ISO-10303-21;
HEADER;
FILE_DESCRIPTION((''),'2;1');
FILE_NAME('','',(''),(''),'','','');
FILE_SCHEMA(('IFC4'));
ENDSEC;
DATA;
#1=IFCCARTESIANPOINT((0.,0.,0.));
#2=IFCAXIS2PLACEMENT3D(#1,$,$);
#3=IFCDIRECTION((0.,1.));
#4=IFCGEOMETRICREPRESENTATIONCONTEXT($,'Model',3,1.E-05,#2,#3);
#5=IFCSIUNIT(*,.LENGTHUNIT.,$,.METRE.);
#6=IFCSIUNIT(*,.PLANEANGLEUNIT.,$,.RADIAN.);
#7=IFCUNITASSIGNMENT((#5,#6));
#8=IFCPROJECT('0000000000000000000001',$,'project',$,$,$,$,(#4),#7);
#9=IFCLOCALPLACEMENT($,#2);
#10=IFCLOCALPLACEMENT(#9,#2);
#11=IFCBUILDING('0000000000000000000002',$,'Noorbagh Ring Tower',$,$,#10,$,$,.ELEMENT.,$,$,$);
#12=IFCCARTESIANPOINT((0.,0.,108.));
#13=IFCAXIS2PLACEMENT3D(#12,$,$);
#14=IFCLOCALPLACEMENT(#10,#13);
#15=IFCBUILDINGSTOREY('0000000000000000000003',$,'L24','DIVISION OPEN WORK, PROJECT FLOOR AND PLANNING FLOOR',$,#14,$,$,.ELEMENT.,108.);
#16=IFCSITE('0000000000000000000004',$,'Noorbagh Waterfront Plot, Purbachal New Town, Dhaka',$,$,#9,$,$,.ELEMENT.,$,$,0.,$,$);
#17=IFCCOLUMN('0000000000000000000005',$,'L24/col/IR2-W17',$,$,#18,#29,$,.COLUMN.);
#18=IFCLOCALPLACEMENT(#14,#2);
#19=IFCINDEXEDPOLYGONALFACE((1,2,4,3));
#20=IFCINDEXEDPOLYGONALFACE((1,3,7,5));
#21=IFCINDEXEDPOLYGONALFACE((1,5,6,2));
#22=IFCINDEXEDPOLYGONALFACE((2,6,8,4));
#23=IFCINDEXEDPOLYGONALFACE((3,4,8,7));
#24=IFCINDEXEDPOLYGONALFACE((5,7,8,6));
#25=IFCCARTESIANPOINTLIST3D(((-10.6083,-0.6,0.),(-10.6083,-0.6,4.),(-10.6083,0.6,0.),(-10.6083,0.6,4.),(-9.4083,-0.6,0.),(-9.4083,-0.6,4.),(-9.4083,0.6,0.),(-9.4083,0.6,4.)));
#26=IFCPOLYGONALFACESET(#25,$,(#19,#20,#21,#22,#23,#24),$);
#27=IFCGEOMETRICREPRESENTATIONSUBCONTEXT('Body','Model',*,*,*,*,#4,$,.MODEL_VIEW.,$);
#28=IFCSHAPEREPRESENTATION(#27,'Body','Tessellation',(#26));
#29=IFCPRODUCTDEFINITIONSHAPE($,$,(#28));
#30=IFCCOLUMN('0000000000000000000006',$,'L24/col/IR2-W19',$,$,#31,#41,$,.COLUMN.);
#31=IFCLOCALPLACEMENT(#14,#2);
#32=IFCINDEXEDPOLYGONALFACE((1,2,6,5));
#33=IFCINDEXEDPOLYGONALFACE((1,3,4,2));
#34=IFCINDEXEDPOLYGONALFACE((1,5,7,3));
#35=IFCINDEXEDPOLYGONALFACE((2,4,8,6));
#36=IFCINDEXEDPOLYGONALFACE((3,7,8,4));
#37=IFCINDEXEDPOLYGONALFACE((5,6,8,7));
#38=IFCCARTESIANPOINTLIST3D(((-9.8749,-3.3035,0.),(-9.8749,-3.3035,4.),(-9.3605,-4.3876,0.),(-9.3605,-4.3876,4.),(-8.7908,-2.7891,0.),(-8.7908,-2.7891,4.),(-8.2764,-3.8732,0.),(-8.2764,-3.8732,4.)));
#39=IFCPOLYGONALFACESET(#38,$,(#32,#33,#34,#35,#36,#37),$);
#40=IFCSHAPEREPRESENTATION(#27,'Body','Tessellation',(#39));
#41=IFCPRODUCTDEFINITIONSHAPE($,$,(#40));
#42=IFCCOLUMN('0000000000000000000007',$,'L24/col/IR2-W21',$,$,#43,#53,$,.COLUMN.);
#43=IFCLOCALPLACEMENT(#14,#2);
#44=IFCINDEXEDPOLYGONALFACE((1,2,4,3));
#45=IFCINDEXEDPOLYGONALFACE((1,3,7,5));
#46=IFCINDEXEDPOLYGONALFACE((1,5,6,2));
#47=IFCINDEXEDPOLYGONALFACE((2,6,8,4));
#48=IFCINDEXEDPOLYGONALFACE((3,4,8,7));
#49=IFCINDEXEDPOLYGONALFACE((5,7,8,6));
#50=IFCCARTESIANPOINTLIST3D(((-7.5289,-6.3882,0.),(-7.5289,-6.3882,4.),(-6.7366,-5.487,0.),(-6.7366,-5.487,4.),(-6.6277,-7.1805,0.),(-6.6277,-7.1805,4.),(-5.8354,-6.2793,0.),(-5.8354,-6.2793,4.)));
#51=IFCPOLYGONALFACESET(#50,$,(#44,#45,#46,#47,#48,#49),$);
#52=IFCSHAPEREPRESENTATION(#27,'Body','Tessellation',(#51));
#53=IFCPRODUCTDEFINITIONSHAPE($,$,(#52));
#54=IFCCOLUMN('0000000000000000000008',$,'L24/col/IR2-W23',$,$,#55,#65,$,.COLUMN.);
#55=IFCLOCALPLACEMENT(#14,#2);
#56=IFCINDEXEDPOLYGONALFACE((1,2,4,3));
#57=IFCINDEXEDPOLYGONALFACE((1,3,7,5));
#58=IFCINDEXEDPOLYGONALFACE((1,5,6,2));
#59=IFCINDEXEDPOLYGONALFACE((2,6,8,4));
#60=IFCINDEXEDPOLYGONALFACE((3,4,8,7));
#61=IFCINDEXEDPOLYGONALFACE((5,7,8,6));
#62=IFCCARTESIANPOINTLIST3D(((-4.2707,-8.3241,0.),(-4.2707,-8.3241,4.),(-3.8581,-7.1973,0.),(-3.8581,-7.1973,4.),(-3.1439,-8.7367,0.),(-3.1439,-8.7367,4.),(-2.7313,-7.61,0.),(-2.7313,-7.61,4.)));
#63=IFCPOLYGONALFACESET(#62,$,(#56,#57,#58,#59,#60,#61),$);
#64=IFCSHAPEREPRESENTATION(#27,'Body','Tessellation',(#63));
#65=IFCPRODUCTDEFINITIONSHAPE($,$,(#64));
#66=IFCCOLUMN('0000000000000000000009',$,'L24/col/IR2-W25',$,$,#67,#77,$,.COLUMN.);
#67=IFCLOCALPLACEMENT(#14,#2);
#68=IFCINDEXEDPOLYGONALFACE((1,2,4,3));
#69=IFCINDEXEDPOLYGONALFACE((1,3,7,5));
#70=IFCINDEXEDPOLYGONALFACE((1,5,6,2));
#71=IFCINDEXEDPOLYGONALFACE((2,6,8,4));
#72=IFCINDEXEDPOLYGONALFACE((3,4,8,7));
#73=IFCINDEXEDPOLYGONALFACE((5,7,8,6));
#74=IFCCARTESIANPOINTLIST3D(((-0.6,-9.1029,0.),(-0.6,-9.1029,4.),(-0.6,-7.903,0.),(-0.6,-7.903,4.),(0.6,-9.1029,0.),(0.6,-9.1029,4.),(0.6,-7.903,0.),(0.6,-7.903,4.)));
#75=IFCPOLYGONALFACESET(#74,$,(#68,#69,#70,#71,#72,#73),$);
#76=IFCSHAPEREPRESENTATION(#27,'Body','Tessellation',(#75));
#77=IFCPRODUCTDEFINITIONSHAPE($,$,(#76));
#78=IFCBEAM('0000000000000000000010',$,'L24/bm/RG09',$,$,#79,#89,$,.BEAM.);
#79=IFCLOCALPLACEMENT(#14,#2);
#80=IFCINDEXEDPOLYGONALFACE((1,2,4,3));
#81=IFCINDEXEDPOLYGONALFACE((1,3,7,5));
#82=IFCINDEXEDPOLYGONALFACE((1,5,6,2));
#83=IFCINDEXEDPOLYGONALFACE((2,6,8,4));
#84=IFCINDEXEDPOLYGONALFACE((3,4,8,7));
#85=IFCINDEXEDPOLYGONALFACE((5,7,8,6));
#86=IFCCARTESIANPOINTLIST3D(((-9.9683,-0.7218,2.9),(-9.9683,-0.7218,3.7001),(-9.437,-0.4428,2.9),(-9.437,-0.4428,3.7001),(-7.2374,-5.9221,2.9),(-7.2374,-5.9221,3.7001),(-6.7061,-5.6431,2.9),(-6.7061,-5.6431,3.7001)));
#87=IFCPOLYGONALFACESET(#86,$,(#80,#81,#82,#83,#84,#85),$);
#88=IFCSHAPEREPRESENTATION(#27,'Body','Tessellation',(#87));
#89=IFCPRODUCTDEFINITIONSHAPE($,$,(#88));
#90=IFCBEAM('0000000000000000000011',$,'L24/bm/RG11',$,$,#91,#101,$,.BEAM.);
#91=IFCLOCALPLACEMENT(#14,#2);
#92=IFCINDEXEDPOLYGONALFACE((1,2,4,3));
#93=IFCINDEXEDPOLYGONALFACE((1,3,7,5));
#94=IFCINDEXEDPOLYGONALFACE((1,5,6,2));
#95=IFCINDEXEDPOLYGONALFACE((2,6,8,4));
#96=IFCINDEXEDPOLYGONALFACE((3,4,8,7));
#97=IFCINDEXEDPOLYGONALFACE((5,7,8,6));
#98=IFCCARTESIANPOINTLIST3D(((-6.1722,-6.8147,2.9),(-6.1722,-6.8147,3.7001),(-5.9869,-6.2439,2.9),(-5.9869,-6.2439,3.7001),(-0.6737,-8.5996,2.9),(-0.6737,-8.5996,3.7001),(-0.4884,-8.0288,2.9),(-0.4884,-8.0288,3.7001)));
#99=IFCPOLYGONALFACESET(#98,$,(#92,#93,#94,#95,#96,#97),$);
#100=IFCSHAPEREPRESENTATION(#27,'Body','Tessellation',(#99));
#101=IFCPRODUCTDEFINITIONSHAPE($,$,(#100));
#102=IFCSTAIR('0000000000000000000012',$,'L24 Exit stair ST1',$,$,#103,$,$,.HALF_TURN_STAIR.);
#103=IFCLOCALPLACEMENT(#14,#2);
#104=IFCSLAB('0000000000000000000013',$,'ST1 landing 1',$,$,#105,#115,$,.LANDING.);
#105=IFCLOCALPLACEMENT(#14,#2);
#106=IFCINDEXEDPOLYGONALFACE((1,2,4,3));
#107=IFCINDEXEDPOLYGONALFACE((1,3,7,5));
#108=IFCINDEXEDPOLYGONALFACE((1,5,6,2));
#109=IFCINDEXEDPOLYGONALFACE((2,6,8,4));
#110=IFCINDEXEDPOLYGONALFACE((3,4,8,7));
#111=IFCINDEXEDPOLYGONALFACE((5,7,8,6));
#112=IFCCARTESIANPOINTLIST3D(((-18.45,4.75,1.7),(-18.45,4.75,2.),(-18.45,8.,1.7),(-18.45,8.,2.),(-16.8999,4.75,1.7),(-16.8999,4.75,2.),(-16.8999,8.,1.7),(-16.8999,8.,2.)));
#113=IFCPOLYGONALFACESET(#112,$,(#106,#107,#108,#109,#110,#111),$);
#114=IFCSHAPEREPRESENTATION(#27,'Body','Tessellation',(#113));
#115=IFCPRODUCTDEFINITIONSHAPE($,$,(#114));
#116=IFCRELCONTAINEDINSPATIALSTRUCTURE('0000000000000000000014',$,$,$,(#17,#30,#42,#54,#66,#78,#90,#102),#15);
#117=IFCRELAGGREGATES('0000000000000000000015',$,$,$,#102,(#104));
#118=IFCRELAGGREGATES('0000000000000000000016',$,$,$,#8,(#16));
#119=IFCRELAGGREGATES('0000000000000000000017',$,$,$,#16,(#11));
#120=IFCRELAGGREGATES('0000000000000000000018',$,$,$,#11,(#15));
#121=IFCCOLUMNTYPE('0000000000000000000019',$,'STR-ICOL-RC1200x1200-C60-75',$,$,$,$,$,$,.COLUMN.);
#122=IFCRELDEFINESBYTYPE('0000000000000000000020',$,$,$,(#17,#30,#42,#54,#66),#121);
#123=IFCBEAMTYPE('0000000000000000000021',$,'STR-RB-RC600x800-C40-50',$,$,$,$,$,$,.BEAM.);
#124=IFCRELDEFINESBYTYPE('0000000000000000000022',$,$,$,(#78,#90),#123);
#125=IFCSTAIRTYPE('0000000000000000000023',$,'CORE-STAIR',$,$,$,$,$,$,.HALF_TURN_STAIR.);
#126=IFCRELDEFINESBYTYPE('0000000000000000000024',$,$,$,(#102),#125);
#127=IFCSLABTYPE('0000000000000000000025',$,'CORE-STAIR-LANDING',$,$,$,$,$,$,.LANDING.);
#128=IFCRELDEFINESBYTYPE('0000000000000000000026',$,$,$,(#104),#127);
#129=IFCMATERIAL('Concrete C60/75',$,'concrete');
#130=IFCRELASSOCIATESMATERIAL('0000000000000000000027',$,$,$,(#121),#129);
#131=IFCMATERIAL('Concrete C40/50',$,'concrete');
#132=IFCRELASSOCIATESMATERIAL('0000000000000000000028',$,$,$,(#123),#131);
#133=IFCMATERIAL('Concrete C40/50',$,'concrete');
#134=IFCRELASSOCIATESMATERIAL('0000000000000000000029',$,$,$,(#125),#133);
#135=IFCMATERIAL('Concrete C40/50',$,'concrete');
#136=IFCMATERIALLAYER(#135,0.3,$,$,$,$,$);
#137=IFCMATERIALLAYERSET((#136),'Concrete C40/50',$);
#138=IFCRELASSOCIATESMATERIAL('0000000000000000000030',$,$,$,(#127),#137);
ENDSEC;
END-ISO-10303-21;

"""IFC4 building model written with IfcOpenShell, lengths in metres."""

from ifc_helpers import new_model, si_unit, direction, frame, origin, origin_2d, place, context, subcontext, project, spatial, polyline, rectangle, outline, extrude, material, layer, layer_set, material_profile, profile_set, type_object, element, aggregate, save


model = new_model("IFC4")

# Units and contexts
model_context = context("Model", 3, precision=1e-05, world=origin(), true_north=direction((0.0, 1.0)))
body_context = subcontext(model_context, "Body", "Model", "MODEL_VIEW")
ifc_project = project(units=[si_unit("LENGTHUNIT", "METRE"), si_unit("PLANEANGLEUNIT", "RADIAN")], contexts=[model_context])

# Site, building, storey
site_placement = place(None, origin())
site = spatial("IfcSite", under=ifc_project, at=site_placement, Name="Noorbagh Waterfront Plot, Purbachal New Town, Dhaka", CompositionType="ELEMENT", RefElevation=0.0)
building_placement = place(site_placement, origin())
building = spatial("IfcBuilding", under=site, at=building_placement, Name="Noorbagh Ring Tower", CompositionType="ELEMENT")
storey_placement = place(building_placement, frame((0.0, 0.0, 108.0)))
storey = spatial("IfcBuildingStorey", under=building, at=storey_placement, Name="L24", Description="DIVISION OPEN WORK, PROJECT FLOOR AND PLANNING FLOOR", CompositionType="ELEMENT", Elevation=108.0)

# Columns
ifc_material_1 = material(Name="Concrete C60/75", Category="concrete")
ifc_material_profile_1 = material_profile(ifc_material_1, rectangle(XDim=1.2, YDim=1.2, at=origin_2d()), Name="RC1200x1200")
ifc_profile_set_1 = profile_set([ifc_material_profile_1], Name="Concrete C60/75")
column_type = type_object("IfcColumnType", Name="STR-ICOL-RC1200x1200-C60-75", PredefinedType="COLUMN", material=ifc_profile_set_1)
for number, where, z_axis, x_axis, name in (
    (1, (-10.0083, 0.0, 0.0), (0.0, 0.0, 1.0), (0.0, -1.0, 0.0), "L24/col/IR2-W17"),
    (2, (-9.0757, -3.5884, 0.0), (0.0, 0.0, 1.0), (0.428667, -0.903463, 0.0), "L24/col/IR2-W19"),
    (3, (-6.6821, -6.3337, 0.0), (0.0, 0.0, 1.0), (0.751022, -0.660277, 0.0), "L24/col/IR2-W21"),
    (4, (-3.501, -7.967, 0.0), (0.0, 0.0, 1.0), (0.93902, -0.343864, 0.0), "L24/col/IR2-W23"),
    (5, (0.0, -8.5029, 0.0), (0.0, 0.0, 1.0), (1.0, 0.0, 0.0), "L24/col/IR2-W25"),
):
    element("IfcColumn", number, at=place(storey_placement, frame(where, z_axis=z_axis, x_axis=x_axis)), inside=storey, type_object=column_type, Name=name, PredefinedType="COLUMN", context=body_context, shape_type="SweptSolid", body=[
        extrude(rectangle(XDim=1.2, YDim=1.2, at=origin_2d()), origin(), (0.0, 0.0, 1.0), 4.0),
    ])

# Beams
ifc_material_2 = material(Name="Concrete C40/50", Category="concrete")
ifc_material_profile_2 = material_profile(ifc_material_2, rectangle(XDim=0.6001, YDim=0.8, at=origin_2d()), Name="RC600x800")
ifc_profile_set_2 = profile_set([ifc_material_profile_2], Name="Concrete C40/50")
beam_type = type_object("IfcBeamType", Name="STR-RB-RC600x800-C40-50", PredefinedType="BEAM", material=ifc_profile_set_2)
beam_1_placement = place(storey_placement, frame((-9.7026, -0.5823, 3.3), z_axis=(0.464931, -0.885347, 0.0), x_axis=(0.885347, 0.464931, 0.0)))
element("IfcBeam", 6, at=beam_1_placement, inside=storey, type_object=beam_type, Name="L24/bm/RG09", PredefinedType="BEAM", context=body_context, shape_type="SweptSolid", body=[
    extrude(rectangle(XDim=0.6001, YDim=0.8, at=origin_2d()), origin(), (0.0, 0.0, 1.0), 5.8738),
])
beam_2_placement = place(storey_placement, frame((-6.0796, -6.5293, 3.3), z_axis=(0.951141, -0.308756, 0.0), x_axis=(0.308756, 0.951141, 0.0)))
element("IfcBeam", 7, at=beam_2_placement, inside=storey, type_object=beam_type, Name="L24/bm/RG11", PredefinedType="BEAM", context=body_context, shape_type="SweptSolid", body=[
    extrude(rectangle(XDim=0.6001, YDim=0.8, at=origin_2d()), origin(), (0.0, 0.0, 1.0), 5.781),
])

# Stair, slab
ifc_material_3 = material(Name="Concrete C40/50", Category="concrete")
stair_type = type_object("IfcStairType", Name="CORE-STAIR", PredefinedType="HALF_TURN_STAIR", material=ifc_material_3)
stair_1_placement = place(storey_placement, origin())
stair_1 = element("IfcStair", 8, at=stair_1_placement, inside=storey, type_object=stair_type, Name="L24 Exit stair ST1", PredefinedType="HALF_TURN_STAIR")
ifc_material_4 = material(Name="Concrete C40/50", Category="concrete")
ifc_layer_1 = layer(ifc_material_4, 0.3)
ifc_layer_set_1 = layer_set([ifc_layer_1], Name="Concrete C40/50")
slab_type_1 = type_object("IfcSlabType", Name="CORE-STAIR-LANDING", PredefinedType="LANDING", material=ifc_layer_set_1)
slab_1_placement = place(storey_placement, frame((0.0, 0.0, 1.7)))
slab_1 = element("IfcSlab", 9, at=slab_1_placement, type_object=slab_type_1, Name="ST1 landing 1", PredefinedType="LANDING", context=body_context, shape_type="SweptSolid", body=[
    extrude(outline(polyline([(-18.45, 4.75), (-16.8999, 4.75), (-16.8999, 8.0), (-18.45, 8.0), (-18.45, 4.75)])), origin(), (0.0, 0.0, 1.0), 0.3),
])
aggregate(stair_1, [slab_1])

save(model, "model.ifc")
